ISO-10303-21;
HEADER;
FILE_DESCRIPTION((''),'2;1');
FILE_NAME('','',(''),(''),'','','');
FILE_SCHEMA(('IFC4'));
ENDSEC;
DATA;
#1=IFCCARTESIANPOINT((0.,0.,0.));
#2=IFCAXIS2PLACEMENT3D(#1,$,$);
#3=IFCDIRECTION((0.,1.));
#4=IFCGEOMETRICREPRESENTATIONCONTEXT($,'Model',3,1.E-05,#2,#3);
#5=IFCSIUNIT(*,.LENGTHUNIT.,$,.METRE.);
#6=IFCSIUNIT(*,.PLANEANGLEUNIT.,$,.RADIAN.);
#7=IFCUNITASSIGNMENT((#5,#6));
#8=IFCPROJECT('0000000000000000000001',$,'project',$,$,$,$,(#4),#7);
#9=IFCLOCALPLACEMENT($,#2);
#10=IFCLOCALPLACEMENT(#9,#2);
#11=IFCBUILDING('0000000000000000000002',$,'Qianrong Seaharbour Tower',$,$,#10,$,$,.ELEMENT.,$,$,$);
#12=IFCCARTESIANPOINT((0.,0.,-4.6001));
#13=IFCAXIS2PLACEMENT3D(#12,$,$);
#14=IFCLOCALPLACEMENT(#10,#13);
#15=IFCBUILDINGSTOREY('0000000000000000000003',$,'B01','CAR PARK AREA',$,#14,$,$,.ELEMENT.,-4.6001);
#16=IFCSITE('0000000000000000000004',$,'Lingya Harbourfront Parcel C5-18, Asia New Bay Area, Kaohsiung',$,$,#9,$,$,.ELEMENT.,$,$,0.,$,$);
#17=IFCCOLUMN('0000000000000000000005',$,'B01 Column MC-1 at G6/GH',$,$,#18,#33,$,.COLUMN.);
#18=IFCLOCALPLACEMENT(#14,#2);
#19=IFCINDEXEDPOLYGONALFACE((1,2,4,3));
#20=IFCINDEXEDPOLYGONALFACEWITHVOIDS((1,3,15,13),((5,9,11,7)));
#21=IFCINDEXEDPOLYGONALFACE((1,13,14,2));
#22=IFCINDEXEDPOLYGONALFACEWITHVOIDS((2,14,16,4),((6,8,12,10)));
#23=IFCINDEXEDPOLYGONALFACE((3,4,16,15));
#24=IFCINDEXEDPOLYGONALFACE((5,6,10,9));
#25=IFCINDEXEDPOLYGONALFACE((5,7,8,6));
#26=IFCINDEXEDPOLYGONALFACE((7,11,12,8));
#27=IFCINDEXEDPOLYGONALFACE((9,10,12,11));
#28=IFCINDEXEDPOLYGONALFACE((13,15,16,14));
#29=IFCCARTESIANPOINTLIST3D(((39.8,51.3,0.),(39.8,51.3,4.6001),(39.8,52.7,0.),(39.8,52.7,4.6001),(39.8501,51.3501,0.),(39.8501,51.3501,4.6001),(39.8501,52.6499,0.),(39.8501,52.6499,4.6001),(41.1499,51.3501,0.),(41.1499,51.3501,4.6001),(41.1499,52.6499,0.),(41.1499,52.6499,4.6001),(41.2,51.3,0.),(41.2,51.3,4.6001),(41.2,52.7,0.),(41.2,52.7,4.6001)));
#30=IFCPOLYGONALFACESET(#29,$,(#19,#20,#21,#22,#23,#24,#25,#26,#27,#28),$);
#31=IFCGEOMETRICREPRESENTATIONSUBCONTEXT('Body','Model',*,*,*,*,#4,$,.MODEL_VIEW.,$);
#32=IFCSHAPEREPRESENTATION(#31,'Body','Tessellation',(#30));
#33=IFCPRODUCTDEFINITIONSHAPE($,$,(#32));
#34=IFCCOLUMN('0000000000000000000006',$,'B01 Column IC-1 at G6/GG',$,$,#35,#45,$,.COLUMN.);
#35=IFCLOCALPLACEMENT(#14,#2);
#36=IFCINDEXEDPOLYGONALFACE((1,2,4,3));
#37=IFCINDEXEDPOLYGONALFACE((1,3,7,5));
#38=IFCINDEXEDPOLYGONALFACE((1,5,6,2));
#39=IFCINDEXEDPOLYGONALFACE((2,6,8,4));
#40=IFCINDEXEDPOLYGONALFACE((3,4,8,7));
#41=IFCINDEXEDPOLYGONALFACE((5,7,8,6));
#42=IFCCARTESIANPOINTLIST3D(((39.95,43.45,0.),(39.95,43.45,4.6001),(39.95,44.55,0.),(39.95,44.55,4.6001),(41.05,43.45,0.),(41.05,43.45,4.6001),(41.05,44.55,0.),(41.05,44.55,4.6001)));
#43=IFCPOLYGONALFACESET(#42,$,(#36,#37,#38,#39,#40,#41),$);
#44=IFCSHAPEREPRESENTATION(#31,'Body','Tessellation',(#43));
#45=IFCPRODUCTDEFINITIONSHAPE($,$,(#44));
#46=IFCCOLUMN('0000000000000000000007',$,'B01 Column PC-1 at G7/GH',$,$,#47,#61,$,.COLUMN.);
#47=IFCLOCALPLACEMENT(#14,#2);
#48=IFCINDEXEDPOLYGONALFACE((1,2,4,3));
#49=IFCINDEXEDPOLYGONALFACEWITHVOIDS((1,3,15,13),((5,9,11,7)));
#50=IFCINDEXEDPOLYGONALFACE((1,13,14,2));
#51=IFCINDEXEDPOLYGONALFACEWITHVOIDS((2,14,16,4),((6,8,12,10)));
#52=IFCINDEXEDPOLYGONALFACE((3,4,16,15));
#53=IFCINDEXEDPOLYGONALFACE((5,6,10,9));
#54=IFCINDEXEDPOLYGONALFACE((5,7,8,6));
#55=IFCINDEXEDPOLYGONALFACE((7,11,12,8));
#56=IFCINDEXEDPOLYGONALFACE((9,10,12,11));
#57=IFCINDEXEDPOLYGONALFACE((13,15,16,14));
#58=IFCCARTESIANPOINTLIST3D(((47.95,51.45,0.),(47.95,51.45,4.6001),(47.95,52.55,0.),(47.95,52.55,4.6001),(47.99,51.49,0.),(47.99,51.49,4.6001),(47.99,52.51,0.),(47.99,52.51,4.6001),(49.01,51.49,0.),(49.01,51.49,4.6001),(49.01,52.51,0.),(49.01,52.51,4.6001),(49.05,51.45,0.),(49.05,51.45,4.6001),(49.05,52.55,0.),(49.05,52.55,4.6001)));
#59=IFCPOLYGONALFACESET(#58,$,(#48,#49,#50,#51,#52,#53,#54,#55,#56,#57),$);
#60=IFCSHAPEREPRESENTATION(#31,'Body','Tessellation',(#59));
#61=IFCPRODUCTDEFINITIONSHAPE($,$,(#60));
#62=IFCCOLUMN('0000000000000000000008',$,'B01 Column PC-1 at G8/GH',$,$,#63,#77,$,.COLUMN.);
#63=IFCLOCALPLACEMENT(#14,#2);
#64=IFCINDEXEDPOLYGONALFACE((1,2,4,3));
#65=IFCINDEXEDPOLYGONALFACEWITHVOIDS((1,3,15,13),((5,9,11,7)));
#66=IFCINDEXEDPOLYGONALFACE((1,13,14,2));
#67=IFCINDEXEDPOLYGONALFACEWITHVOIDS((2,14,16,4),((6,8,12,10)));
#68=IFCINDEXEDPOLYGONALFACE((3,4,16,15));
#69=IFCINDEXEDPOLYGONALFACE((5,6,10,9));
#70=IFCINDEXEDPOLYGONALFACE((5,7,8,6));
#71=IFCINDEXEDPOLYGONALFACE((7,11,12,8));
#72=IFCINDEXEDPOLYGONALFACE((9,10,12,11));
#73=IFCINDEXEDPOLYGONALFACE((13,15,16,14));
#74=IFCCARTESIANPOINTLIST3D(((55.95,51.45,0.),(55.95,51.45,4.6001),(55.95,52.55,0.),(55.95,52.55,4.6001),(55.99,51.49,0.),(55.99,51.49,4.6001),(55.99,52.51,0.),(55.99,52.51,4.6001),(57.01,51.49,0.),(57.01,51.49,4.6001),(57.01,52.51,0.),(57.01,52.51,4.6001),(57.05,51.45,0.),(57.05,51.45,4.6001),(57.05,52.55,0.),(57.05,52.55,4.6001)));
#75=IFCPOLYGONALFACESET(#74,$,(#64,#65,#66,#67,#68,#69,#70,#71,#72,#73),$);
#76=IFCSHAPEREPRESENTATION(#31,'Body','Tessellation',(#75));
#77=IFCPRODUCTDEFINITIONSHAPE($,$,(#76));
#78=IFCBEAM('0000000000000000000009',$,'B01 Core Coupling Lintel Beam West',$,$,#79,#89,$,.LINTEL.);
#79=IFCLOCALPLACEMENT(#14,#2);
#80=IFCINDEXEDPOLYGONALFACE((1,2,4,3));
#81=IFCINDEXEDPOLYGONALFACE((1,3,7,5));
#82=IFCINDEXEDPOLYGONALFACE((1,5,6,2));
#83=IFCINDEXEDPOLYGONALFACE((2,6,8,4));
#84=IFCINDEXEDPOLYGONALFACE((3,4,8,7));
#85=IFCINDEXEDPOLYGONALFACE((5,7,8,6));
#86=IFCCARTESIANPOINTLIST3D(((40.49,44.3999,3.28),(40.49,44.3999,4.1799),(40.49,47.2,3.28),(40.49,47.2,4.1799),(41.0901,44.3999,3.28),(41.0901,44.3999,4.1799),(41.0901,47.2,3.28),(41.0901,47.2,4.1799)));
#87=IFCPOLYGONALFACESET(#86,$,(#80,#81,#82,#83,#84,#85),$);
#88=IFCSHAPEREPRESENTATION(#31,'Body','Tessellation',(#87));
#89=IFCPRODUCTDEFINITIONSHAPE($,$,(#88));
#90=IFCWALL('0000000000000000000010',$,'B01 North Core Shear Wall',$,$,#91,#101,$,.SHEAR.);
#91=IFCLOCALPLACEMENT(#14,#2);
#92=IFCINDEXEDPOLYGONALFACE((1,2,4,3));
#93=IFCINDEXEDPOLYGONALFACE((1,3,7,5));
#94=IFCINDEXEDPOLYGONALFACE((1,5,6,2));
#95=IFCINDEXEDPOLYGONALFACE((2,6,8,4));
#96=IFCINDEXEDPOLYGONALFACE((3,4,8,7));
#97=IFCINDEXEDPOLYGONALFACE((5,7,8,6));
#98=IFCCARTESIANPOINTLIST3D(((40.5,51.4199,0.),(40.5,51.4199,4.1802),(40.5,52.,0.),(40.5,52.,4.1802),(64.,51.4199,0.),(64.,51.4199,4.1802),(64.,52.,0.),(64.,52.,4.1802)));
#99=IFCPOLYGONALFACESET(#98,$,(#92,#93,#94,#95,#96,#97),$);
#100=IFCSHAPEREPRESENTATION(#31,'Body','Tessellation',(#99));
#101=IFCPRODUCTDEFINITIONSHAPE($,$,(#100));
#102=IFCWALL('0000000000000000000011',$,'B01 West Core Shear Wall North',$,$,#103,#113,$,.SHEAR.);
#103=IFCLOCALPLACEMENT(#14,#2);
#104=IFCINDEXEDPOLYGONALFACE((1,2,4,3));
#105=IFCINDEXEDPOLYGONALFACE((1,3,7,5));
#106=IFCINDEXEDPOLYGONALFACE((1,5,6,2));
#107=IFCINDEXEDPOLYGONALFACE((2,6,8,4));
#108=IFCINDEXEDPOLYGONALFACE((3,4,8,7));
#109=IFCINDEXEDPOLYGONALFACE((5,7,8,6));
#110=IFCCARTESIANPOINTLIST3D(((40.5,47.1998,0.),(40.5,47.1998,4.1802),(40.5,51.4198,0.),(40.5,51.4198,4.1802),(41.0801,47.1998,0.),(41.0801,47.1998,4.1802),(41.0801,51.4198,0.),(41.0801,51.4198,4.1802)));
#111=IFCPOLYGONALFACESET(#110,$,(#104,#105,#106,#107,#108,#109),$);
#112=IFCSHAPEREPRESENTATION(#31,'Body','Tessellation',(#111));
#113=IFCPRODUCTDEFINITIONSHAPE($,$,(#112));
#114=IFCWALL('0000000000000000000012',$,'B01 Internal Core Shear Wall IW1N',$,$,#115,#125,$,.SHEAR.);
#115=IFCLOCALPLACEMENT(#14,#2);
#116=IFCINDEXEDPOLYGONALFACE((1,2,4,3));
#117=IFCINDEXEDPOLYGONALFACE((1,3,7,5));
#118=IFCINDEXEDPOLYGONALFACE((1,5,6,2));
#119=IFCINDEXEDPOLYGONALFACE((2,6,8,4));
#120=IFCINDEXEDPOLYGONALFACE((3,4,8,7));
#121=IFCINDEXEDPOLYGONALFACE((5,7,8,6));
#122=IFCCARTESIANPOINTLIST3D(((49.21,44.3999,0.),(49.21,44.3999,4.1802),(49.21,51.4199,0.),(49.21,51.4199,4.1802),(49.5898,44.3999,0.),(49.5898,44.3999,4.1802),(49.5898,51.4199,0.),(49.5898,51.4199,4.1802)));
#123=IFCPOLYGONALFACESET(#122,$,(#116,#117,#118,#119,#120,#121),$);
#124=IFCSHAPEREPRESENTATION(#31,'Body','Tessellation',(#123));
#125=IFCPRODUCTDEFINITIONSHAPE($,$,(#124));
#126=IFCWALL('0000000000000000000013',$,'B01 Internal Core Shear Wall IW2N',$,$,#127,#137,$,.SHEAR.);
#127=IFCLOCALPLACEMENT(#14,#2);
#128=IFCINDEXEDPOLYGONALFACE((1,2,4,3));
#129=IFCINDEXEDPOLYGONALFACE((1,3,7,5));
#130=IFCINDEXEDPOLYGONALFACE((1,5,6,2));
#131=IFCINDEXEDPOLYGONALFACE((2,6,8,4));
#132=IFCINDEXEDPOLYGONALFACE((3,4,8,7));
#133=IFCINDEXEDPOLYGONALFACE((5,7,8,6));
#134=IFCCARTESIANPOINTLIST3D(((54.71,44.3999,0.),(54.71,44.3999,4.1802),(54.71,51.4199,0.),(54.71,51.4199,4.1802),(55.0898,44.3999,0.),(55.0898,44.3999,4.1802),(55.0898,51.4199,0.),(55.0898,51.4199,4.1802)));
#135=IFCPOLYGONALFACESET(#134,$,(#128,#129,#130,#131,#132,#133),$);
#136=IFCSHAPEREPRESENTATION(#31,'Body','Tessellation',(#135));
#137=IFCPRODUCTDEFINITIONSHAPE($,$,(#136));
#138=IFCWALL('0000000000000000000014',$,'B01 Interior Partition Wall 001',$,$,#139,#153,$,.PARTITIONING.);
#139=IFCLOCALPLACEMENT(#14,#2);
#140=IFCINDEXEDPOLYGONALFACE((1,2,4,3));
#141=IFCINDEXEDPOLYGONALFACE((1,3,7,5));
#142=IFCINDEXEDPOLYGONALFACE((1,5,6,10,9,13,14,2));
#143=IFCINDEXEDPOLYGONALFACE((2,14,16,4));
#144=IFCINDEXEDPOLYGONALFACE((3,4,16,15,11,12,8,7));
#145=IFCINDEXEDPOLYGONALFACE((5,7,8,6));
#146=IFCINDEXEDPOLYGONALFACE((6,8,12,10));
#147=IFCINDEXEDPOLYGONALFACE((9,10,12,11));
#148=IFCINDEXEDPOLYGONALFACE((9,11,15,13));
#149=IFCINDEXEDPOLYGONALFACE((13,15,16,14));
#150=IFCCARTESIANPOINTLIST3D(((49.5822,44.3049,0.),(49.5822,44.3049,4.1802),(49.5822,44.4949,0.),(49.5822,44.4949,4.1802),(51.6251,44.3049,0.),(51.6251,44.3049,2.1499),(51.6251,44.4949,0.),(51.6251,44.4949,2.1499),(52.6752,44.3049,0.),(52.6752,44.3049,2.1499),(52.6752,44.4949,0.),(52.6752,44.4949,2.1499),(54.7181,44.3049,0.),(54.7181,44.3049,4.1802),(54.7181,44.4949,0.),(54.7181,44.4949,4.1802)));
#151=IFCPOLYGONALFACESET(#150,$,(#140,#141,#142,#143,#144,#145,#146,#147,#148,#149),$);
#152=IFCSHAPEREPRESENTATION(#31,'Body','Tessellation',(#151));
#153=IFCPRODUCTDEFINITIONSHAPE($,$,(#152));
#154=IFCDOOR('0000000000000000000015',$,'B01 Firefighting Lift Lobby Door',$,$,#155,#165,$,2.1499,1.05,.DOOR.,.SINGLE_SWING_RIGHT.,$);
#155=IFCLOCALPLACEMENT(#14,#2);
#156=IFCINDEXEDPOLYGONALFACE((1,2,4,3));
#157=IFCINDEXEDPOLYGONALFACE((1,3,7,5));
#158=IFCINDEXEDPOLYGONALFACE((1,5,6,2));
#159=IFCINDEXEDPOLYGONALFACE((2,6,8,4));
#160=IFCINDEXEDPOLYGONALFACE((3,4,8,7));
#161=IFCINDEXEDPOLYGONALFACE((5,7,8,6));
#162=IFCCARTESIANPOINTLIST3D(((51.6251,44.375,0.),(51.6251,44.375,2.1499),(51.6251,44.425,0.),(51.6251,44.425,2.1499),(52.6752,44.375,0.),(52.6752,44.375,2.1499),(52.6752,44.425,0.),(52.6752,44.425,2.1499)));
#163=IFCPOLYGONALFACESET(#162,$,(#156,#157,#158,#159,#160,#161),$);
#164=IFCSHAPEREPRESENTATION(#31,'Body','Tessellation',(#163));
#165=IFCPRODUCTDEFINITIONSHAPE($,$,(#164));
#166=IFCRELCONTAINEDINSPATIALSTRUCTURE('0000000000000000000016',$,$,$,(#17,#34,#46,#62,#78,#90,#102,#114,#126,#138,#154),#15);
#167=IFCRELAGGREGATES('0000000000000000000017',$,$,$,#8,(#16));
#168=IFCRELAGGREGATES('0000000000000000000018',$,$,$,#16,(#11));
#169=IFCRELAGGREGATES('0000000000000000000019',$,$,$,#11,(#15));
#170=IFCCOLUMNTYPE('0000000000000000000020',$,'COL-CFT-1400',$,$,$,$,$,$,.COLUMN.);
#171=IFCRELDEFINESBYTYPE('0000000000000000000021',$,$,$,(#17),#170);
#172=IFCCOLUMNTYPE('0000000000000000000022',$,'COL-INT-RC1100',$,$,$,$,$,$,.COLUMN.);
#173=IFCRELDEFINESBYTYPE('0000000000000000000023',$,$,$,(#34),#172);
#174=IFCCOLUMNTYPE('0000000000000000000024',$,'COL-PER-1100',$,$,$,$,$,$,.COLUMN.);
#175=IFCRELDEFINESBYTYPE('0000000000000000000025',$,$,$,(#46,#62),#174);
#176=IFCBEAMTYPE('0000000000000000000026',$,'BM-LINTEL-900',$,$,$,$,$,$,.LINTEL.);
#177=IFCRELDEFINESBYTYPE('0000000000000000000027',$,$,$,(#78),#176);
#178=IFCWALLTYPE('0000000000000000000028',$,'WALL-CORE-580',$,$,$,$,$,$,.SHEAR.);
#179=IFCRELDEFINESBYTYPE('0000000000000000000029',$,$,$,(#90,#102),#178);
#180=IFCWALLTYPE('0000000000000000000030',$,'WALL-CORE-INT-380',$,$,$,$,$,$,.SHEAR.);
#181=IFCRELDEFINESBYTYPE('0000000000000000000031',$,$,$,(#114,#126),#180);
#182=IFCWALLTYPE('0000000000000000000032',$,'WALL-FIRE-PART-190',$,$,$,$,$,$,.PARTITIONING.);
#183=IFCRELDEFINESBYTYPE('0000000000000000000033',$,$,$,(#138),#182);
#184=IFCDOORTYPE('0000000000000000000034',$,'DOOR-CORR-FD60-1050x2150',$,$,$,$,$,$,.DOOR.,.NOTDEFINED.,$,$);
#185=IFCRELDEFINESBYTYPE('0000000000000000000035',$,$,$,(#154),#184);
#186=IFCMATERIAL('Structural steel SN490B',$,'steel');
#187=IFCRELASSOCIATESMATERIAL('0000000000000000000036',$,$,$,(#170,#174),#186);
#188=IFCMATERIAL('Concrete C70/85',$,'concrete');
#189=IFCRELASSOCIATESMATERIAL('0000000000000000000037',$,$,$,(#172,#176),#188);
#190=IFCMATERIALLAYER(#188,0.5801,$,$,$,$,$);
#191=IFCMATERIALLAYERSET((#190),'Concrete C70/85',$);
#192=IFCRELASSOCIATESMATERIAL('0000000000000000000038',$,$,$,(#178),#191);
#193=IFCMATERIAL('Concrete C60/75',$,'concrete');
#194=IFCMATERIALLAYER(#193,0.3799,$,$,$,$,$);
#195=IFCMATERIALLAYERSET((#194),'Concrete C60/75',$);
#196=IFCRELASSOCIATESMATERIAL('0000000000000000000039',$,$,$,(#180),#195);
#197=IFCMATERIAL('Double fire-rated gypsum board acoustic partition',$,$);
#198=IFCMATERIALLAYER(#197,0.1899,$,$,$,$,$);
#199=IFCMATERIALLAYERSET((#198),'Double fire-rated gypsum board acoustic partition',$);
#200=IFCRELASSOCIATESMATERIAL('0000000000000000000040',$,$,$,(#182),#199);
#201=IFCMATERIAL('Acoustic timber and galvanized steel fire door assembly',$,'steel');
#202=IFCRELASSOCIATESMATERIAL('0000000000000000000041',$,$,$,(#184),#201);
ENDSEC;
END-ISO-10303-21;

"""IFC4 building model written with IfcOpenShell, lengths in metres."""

from ifc_helpers import new_model, si_unit, direction, frame, frame_2d, origin, origin_2d, place, context, subcontext, project, spatial, rectangle, hollow_rectangle, extrude, material, layer, layer_set, material_profile, profile_set, type_object, element, fill, save


model = new_model("IFC4")

# Units and contexts
model_context = context("Model", 3, precision=1e-05, world=origin(), true_north=direction((0.0, 1.0)))
body_context = subcontext(model_context, "Body", "Model", "MODEL_VIEW")
ifc_project = project(units=[si_unit("LENGTHUNIT", "METRE"), si_unit("PLANEANGLEUNIT", "RADIAN")], contexts=[model_context])

# Site, building, storey
site_placement = place(None, origin())
site = spatial("IfcSite", under=ifc_project, at=site_placement, Name="Lingya Harbourfront Parcel C5-18, Asia New Bay Area, Kaohsiung", CompositionType="ELEMENT", RefElevation=0.0)
building_placement = place(site_placement, origin())
building = spatial("IfcBuilding", under=site, at=building_placement, Name="Qianrong Seaharbour Tower", CompositionType="ELEMENT")
storey_placement = place(building_placement, frame((0.0, 0.0, -4.6001)))
storey = spatial("IfcBuildingStorey", under=building, at=storey_placement, Name="B01", Description="CAR PARK AREA", CompositionType="ELEMENT", Elevation=-4.6001)

# Columns
ifc_material_1 = material(Name="Structural steel SN490B", Category="steel")
ifc_material_profile_1 = material_profile(ifc_material_1, hollow_rectangle(XDim=1.3999, YDim=1.3999, WallThickness=0.05, at=origin_2d()), Name="BOX1400x1400x50")
ifc_profile_set_1 = profile_set([ifc_material_profile_1], Name="Structural steel SN490B")
column_type_1 = type_object("IfcColumnType", Name="COL-CFT-1400", PredefinedType="COLUMN", material=ifc_profile_set_1)
column_1_placement = place(storey_placement, frame((40.5, 52.0, 0.0), z_axis=(0.0, 0.0, 1.0), x_axis=(1.0, 0.0, 0.0)))
element("IfcColumn", 1, at=column_1_placement, inside=storey, type_object=column_type_1, Name="B01 Column MC-1 at G6/GH", PredefinedType="COLUMN", context=body_context, shape_type="SweptSolid", body=[
    extrude(hollow_rectangle(XDim=1.3999, YDim=1.3999, WallThickness=0.05, at=origin_2d()), origin(), (0.0, 0.0, 1.0), 4.6001),
])
ifc_material_2 = material(Name="Concrete C70/85", Category="concrete")
ifc_material_profile_2 = material_profile(ifc_material_2, rectangle(XDim=1.1001, YDim=1.1001, at=origin_2d()), Name="RC1100x1100")
ifc_profile_set_2 = profile_set([ifc_material_profile_2], Name="Concrete C70/85")
column_type_2 = type_object("IfcColumnType", Name="COL-INT-RC1100", PredefinedType="COLUMN", material=ifc_profile_set_2)
column_2_placement = place(storey_placement, frame((40.5, 44.0, 0.0), z_axis=(0.0, 0.0, 1.0), x_axis=(1.0, 0.0, 0.0)))
element("IfcColumn", 2, at=column_2_placement, inside=storey, type_object=column_type_2, Name="B01 Column IC-1 at G6/GG", PredefinedType="COLUMN", context=body_context, shape_type="SweptSolid", body=[
    extrude(rectangle(XDim=1.1001, YDim=1.1001, at=origin_2d()), origin(), (0.0, 0.0, 1.0), 4.6001),
])
ifc_material_profile_3 = material_profile(ifc_material_1, hollow_rectangle(XDim=1.1001, YDim=1.1001, WallThickness=0.04, at=origin_2d()), Name="BOX1100x1100x40")
ifc_profile_set_3 = profile_set([ifc_material_profile_3], Name="Structural steel SN490B")
column_type_3 = type_object("IfcColumnType", Name="COL-PER-1100", PredefinedType="COLUMN", material=ifc_profile_set_3)
for number, where, z_axis, x_axis, name in (
    (3, (48.5, 52.0, 0.0), (0.0, 0.0, 1.0), (1.0, 0.0, 0.0), "B01 Column PC-1 at G7/GH"),
    (4, (56.5, 52.0, 0.0), (0.0, 0.0, 1.0), (1.0, 0.0, 0.0), "B01 Column PC-1 at G8/GH"),
):
    element("IfcColumn", number, at=place(storey_placement, frame(where, z_axis=z_axis, x_axis=x_axis)), inside=storey, type_object=column_type_3, Name=name, PredefinedType="COLUMN", context=body_context, shape_type="SweptSolid", body=[
        extrude(hollow_rectangle(XDim=1.1001, YDim=1.1001, WallThickness=0.04, at=origin_2d()), origin(), (0.0, 0.0, 1.0), 4.6001),
    ])

# Beam
ifc_material_profile_4 = material_profile(ifc_material_2, rectangle(XDim=0.6001, YDim=0.8999, at=origin_2d()), Name="RC600x900")
ifc_profile_set_4 = profile_set([ifc_material_profile_4], Name="Concrete C70/85")
beam_type = type_object("IfcBeamType", Name="BM-LINTEL-900", PredefinedType="LINTEL", material=ifc_profile_set_4)
beam_placement = place(storey_placement, frame((40.79, 44.3999, 3.73), z_axis=(0.0, 1.0, 0.0), x_axis=(-1.0, 0.0, 0.0)))
element("IfcBeam", 5, at=beam_placement, inside=storey, type_object=beam_type, Name="B01 Core Coupling Lintel Beam West", PredefinedType="LINTEL", context=body_context, shape_type="SweptSolid", body=[
    extrude(rectangle(XDim=0.6001, YDim=0.8999, at=origin_2d()), origin(), (0.0, 0.0, 1.0), 2.8),
])

# Walls
ifc_layer_1 = layer(ifc_material_2, 0.5801)
ifc_layer_set_1 = layer_set([ifc_layer_1], Name="Concrete C70/85")
wall_type_1 = type_object("IfcWallType", Name="WALL-CORE-580", PredefinedType="SHEAR", material=ifc_layer_set_1)
wall_1_placement = place(storey_placement, frame((40.5, 51.71, 0.0), z_axis=(0.0, 0.0, 1.0), x_axis=(1.0, 0.0, 0.0)))
element("IfcWall", 6, at=wall_1_placement, inside=storey, type_object=wall_type_1, Name="B01 North Core Shear Wall", PredefinedType="SHEAR", context=body_context, shape_type="SweptSolid", body=[
    extrude(rectangle(XDim=23.5, YDim=0.5801, at=frame_2d((11.75, 0.0))), origin(), (0.0, 0.0, 1.0), 4.1802),
])
wall_2_placement = place(storey_placement, frame((40.79, 47.2, 0.0), z_axis=(0.0, 0.0, 1.0), x_axis=(0.0, 1.0, 0.0)))
element("IfcWall", 7, at=wall_2_placement, inside=storey, type_object=wall_type_1, Name="B01 West Core Shear Wall North", PredefinedType="SHEAR", context=body_context, shape_type="SweptSolid", body=[
    extrude(rectangle(XDim=4.22, YDim=0.5801, at=frame_2d((2.1099, 0.0))), origin(), (0.0, 0.0, 1.0), 4.1802),
])
ifc_material_3 = material(Name="Concrete C60/75", Category="concrete")
ifc_layer_2 = layer(ifc_material_3, 0.3799)
ifc_layer_set_2 = layer_set([ifc_layer_2], Name="Concrete C60/75")
wall_type_2 = type_object("IfcWallType", Name="WALL-CORE-INT-380", PredefinedType="SHEAR", material=ifc_layer_set_2)
for number, where, z_axis, x_axis, name in (
    (8, (49.3999, 44.3999, 0.0), (0.0, 0.0, 1.0), (0.0, 1.0, 0.0), "B01 Internal Core Shear Wall IW1N"),
    (9, (54.8999, 44.3999, 0.0), (0.0, 0.0, 1.0), (0.0, 1.0, 0.0), "B01 Internal Core Shear Wall IW2N"),
):
    element("IfcWall", number, at=place(storey_placement, frame(where, z_axis=z_axis, x_axis=x_axis)), inside=storey, type_object=wall_type_2, Name=name, PredefinedType="SHEAR", context=body_context, shape_type="SweptSolid", body=[
        extrude(rectangle(XDim=7.02, YDim=0.3799, at=frame_2d((3.51, 0.0))), origin(), (0.0, 0.0, 1.0), 4.1802),
    ])

# Wall, opening, door
ifc_material_4 = material(Name="Double fire-rated gypsum board acoustic partition")
ifc_layer_3 = layer(ifc_material_4, 0.1899)
ifc_layer_set_3 = layer_set([ifc_layer_3], Name="Double fire-rated gypsum board acoustic partition")
wall_type_3 = type_object("IfcWallType", Name="WALL-FIRE-PART-190", PredefinedType="PARTITIONING", material=ifc_layer_set_3)
wall_3_placement = place(storey_placement, frame((54.718, 44.3999, 0.0), z_axis=(0.0, 0.0, 1.0), x_axis=(-1.0, 0.0, 0.0)))
wall_3 = element("IfcWall", 10, at=wall_3_placement, inside=storey, type_object=wall_type_3, Name="B01 Interior Partition Wall 001", PredefinedType="PARTITIONING", context=body_context, shape_type="SweptSolid", body=[
    extrude(rectangle(XDim=5.136, YDim=0.1899, at=frame_2d((2.5679, 0.0))), origin(), (0.0, 0.0, 1.0), 4.1802),
])
opening_1_placement = place(wall_3_placement, frame((2.043, 0.0, 0.0)))
opening_1 = element("IfcOpeningElement", 11, at=opening_1_placement, cuts=wall_3, PredefinedType="OPENING", context=body_context, shape_type="SweptSolid", body=[
    extrude(rectangle(XDim=1.05, YDim=2.1499, at=frame_2d((0.5249, 1.075))), frame((0.0, 0.105, 0.0), z_axis=(0.0, -1.0, 0.0), x_axis=(1.0, 0.0, 0.0)), (0.0, 0.0, 1.0), 0.21),
])
ifc_material_5 = material(Name="Acoustic timber and galvanized steel fire door assembly", Category="steel")
door_type_1 = type_object("IfcDoorType", Name="DOOR-CORR-FD60-1050x2150", OperationType="NOTDEFINED", PredefinedType="DOOR", material=ifc_material_5)
door_1_placement = place(opening_1_placement, origin())
door_1 = element("IfcDoor", 12, at=door_1_placement, inside=storey, type_object=door_type_1, Name="B01 Firefighting Lift Lobby Door", OperationType="SINGLE_SWING_RIGHT", OverallHeight=2.1499, OverallWidth=1.05, PredefinedType="DOOR", context=body_context, shape_type="SweptSolid", body=[
    extrude(rectangle(XDim=1.05, YDim=2.1499, at=frame_2d((0.5249, 1.075))), frame((0.0, 0.0249, 0.0), z_axis=(0.0, -1.0, 0.0), x_axis=(1.0, 0.0, 0.0)), (0.0, 0.0, 1.0), 0.05),
])
fill(opening_1, door_1)

save(model, "model.ifc")
